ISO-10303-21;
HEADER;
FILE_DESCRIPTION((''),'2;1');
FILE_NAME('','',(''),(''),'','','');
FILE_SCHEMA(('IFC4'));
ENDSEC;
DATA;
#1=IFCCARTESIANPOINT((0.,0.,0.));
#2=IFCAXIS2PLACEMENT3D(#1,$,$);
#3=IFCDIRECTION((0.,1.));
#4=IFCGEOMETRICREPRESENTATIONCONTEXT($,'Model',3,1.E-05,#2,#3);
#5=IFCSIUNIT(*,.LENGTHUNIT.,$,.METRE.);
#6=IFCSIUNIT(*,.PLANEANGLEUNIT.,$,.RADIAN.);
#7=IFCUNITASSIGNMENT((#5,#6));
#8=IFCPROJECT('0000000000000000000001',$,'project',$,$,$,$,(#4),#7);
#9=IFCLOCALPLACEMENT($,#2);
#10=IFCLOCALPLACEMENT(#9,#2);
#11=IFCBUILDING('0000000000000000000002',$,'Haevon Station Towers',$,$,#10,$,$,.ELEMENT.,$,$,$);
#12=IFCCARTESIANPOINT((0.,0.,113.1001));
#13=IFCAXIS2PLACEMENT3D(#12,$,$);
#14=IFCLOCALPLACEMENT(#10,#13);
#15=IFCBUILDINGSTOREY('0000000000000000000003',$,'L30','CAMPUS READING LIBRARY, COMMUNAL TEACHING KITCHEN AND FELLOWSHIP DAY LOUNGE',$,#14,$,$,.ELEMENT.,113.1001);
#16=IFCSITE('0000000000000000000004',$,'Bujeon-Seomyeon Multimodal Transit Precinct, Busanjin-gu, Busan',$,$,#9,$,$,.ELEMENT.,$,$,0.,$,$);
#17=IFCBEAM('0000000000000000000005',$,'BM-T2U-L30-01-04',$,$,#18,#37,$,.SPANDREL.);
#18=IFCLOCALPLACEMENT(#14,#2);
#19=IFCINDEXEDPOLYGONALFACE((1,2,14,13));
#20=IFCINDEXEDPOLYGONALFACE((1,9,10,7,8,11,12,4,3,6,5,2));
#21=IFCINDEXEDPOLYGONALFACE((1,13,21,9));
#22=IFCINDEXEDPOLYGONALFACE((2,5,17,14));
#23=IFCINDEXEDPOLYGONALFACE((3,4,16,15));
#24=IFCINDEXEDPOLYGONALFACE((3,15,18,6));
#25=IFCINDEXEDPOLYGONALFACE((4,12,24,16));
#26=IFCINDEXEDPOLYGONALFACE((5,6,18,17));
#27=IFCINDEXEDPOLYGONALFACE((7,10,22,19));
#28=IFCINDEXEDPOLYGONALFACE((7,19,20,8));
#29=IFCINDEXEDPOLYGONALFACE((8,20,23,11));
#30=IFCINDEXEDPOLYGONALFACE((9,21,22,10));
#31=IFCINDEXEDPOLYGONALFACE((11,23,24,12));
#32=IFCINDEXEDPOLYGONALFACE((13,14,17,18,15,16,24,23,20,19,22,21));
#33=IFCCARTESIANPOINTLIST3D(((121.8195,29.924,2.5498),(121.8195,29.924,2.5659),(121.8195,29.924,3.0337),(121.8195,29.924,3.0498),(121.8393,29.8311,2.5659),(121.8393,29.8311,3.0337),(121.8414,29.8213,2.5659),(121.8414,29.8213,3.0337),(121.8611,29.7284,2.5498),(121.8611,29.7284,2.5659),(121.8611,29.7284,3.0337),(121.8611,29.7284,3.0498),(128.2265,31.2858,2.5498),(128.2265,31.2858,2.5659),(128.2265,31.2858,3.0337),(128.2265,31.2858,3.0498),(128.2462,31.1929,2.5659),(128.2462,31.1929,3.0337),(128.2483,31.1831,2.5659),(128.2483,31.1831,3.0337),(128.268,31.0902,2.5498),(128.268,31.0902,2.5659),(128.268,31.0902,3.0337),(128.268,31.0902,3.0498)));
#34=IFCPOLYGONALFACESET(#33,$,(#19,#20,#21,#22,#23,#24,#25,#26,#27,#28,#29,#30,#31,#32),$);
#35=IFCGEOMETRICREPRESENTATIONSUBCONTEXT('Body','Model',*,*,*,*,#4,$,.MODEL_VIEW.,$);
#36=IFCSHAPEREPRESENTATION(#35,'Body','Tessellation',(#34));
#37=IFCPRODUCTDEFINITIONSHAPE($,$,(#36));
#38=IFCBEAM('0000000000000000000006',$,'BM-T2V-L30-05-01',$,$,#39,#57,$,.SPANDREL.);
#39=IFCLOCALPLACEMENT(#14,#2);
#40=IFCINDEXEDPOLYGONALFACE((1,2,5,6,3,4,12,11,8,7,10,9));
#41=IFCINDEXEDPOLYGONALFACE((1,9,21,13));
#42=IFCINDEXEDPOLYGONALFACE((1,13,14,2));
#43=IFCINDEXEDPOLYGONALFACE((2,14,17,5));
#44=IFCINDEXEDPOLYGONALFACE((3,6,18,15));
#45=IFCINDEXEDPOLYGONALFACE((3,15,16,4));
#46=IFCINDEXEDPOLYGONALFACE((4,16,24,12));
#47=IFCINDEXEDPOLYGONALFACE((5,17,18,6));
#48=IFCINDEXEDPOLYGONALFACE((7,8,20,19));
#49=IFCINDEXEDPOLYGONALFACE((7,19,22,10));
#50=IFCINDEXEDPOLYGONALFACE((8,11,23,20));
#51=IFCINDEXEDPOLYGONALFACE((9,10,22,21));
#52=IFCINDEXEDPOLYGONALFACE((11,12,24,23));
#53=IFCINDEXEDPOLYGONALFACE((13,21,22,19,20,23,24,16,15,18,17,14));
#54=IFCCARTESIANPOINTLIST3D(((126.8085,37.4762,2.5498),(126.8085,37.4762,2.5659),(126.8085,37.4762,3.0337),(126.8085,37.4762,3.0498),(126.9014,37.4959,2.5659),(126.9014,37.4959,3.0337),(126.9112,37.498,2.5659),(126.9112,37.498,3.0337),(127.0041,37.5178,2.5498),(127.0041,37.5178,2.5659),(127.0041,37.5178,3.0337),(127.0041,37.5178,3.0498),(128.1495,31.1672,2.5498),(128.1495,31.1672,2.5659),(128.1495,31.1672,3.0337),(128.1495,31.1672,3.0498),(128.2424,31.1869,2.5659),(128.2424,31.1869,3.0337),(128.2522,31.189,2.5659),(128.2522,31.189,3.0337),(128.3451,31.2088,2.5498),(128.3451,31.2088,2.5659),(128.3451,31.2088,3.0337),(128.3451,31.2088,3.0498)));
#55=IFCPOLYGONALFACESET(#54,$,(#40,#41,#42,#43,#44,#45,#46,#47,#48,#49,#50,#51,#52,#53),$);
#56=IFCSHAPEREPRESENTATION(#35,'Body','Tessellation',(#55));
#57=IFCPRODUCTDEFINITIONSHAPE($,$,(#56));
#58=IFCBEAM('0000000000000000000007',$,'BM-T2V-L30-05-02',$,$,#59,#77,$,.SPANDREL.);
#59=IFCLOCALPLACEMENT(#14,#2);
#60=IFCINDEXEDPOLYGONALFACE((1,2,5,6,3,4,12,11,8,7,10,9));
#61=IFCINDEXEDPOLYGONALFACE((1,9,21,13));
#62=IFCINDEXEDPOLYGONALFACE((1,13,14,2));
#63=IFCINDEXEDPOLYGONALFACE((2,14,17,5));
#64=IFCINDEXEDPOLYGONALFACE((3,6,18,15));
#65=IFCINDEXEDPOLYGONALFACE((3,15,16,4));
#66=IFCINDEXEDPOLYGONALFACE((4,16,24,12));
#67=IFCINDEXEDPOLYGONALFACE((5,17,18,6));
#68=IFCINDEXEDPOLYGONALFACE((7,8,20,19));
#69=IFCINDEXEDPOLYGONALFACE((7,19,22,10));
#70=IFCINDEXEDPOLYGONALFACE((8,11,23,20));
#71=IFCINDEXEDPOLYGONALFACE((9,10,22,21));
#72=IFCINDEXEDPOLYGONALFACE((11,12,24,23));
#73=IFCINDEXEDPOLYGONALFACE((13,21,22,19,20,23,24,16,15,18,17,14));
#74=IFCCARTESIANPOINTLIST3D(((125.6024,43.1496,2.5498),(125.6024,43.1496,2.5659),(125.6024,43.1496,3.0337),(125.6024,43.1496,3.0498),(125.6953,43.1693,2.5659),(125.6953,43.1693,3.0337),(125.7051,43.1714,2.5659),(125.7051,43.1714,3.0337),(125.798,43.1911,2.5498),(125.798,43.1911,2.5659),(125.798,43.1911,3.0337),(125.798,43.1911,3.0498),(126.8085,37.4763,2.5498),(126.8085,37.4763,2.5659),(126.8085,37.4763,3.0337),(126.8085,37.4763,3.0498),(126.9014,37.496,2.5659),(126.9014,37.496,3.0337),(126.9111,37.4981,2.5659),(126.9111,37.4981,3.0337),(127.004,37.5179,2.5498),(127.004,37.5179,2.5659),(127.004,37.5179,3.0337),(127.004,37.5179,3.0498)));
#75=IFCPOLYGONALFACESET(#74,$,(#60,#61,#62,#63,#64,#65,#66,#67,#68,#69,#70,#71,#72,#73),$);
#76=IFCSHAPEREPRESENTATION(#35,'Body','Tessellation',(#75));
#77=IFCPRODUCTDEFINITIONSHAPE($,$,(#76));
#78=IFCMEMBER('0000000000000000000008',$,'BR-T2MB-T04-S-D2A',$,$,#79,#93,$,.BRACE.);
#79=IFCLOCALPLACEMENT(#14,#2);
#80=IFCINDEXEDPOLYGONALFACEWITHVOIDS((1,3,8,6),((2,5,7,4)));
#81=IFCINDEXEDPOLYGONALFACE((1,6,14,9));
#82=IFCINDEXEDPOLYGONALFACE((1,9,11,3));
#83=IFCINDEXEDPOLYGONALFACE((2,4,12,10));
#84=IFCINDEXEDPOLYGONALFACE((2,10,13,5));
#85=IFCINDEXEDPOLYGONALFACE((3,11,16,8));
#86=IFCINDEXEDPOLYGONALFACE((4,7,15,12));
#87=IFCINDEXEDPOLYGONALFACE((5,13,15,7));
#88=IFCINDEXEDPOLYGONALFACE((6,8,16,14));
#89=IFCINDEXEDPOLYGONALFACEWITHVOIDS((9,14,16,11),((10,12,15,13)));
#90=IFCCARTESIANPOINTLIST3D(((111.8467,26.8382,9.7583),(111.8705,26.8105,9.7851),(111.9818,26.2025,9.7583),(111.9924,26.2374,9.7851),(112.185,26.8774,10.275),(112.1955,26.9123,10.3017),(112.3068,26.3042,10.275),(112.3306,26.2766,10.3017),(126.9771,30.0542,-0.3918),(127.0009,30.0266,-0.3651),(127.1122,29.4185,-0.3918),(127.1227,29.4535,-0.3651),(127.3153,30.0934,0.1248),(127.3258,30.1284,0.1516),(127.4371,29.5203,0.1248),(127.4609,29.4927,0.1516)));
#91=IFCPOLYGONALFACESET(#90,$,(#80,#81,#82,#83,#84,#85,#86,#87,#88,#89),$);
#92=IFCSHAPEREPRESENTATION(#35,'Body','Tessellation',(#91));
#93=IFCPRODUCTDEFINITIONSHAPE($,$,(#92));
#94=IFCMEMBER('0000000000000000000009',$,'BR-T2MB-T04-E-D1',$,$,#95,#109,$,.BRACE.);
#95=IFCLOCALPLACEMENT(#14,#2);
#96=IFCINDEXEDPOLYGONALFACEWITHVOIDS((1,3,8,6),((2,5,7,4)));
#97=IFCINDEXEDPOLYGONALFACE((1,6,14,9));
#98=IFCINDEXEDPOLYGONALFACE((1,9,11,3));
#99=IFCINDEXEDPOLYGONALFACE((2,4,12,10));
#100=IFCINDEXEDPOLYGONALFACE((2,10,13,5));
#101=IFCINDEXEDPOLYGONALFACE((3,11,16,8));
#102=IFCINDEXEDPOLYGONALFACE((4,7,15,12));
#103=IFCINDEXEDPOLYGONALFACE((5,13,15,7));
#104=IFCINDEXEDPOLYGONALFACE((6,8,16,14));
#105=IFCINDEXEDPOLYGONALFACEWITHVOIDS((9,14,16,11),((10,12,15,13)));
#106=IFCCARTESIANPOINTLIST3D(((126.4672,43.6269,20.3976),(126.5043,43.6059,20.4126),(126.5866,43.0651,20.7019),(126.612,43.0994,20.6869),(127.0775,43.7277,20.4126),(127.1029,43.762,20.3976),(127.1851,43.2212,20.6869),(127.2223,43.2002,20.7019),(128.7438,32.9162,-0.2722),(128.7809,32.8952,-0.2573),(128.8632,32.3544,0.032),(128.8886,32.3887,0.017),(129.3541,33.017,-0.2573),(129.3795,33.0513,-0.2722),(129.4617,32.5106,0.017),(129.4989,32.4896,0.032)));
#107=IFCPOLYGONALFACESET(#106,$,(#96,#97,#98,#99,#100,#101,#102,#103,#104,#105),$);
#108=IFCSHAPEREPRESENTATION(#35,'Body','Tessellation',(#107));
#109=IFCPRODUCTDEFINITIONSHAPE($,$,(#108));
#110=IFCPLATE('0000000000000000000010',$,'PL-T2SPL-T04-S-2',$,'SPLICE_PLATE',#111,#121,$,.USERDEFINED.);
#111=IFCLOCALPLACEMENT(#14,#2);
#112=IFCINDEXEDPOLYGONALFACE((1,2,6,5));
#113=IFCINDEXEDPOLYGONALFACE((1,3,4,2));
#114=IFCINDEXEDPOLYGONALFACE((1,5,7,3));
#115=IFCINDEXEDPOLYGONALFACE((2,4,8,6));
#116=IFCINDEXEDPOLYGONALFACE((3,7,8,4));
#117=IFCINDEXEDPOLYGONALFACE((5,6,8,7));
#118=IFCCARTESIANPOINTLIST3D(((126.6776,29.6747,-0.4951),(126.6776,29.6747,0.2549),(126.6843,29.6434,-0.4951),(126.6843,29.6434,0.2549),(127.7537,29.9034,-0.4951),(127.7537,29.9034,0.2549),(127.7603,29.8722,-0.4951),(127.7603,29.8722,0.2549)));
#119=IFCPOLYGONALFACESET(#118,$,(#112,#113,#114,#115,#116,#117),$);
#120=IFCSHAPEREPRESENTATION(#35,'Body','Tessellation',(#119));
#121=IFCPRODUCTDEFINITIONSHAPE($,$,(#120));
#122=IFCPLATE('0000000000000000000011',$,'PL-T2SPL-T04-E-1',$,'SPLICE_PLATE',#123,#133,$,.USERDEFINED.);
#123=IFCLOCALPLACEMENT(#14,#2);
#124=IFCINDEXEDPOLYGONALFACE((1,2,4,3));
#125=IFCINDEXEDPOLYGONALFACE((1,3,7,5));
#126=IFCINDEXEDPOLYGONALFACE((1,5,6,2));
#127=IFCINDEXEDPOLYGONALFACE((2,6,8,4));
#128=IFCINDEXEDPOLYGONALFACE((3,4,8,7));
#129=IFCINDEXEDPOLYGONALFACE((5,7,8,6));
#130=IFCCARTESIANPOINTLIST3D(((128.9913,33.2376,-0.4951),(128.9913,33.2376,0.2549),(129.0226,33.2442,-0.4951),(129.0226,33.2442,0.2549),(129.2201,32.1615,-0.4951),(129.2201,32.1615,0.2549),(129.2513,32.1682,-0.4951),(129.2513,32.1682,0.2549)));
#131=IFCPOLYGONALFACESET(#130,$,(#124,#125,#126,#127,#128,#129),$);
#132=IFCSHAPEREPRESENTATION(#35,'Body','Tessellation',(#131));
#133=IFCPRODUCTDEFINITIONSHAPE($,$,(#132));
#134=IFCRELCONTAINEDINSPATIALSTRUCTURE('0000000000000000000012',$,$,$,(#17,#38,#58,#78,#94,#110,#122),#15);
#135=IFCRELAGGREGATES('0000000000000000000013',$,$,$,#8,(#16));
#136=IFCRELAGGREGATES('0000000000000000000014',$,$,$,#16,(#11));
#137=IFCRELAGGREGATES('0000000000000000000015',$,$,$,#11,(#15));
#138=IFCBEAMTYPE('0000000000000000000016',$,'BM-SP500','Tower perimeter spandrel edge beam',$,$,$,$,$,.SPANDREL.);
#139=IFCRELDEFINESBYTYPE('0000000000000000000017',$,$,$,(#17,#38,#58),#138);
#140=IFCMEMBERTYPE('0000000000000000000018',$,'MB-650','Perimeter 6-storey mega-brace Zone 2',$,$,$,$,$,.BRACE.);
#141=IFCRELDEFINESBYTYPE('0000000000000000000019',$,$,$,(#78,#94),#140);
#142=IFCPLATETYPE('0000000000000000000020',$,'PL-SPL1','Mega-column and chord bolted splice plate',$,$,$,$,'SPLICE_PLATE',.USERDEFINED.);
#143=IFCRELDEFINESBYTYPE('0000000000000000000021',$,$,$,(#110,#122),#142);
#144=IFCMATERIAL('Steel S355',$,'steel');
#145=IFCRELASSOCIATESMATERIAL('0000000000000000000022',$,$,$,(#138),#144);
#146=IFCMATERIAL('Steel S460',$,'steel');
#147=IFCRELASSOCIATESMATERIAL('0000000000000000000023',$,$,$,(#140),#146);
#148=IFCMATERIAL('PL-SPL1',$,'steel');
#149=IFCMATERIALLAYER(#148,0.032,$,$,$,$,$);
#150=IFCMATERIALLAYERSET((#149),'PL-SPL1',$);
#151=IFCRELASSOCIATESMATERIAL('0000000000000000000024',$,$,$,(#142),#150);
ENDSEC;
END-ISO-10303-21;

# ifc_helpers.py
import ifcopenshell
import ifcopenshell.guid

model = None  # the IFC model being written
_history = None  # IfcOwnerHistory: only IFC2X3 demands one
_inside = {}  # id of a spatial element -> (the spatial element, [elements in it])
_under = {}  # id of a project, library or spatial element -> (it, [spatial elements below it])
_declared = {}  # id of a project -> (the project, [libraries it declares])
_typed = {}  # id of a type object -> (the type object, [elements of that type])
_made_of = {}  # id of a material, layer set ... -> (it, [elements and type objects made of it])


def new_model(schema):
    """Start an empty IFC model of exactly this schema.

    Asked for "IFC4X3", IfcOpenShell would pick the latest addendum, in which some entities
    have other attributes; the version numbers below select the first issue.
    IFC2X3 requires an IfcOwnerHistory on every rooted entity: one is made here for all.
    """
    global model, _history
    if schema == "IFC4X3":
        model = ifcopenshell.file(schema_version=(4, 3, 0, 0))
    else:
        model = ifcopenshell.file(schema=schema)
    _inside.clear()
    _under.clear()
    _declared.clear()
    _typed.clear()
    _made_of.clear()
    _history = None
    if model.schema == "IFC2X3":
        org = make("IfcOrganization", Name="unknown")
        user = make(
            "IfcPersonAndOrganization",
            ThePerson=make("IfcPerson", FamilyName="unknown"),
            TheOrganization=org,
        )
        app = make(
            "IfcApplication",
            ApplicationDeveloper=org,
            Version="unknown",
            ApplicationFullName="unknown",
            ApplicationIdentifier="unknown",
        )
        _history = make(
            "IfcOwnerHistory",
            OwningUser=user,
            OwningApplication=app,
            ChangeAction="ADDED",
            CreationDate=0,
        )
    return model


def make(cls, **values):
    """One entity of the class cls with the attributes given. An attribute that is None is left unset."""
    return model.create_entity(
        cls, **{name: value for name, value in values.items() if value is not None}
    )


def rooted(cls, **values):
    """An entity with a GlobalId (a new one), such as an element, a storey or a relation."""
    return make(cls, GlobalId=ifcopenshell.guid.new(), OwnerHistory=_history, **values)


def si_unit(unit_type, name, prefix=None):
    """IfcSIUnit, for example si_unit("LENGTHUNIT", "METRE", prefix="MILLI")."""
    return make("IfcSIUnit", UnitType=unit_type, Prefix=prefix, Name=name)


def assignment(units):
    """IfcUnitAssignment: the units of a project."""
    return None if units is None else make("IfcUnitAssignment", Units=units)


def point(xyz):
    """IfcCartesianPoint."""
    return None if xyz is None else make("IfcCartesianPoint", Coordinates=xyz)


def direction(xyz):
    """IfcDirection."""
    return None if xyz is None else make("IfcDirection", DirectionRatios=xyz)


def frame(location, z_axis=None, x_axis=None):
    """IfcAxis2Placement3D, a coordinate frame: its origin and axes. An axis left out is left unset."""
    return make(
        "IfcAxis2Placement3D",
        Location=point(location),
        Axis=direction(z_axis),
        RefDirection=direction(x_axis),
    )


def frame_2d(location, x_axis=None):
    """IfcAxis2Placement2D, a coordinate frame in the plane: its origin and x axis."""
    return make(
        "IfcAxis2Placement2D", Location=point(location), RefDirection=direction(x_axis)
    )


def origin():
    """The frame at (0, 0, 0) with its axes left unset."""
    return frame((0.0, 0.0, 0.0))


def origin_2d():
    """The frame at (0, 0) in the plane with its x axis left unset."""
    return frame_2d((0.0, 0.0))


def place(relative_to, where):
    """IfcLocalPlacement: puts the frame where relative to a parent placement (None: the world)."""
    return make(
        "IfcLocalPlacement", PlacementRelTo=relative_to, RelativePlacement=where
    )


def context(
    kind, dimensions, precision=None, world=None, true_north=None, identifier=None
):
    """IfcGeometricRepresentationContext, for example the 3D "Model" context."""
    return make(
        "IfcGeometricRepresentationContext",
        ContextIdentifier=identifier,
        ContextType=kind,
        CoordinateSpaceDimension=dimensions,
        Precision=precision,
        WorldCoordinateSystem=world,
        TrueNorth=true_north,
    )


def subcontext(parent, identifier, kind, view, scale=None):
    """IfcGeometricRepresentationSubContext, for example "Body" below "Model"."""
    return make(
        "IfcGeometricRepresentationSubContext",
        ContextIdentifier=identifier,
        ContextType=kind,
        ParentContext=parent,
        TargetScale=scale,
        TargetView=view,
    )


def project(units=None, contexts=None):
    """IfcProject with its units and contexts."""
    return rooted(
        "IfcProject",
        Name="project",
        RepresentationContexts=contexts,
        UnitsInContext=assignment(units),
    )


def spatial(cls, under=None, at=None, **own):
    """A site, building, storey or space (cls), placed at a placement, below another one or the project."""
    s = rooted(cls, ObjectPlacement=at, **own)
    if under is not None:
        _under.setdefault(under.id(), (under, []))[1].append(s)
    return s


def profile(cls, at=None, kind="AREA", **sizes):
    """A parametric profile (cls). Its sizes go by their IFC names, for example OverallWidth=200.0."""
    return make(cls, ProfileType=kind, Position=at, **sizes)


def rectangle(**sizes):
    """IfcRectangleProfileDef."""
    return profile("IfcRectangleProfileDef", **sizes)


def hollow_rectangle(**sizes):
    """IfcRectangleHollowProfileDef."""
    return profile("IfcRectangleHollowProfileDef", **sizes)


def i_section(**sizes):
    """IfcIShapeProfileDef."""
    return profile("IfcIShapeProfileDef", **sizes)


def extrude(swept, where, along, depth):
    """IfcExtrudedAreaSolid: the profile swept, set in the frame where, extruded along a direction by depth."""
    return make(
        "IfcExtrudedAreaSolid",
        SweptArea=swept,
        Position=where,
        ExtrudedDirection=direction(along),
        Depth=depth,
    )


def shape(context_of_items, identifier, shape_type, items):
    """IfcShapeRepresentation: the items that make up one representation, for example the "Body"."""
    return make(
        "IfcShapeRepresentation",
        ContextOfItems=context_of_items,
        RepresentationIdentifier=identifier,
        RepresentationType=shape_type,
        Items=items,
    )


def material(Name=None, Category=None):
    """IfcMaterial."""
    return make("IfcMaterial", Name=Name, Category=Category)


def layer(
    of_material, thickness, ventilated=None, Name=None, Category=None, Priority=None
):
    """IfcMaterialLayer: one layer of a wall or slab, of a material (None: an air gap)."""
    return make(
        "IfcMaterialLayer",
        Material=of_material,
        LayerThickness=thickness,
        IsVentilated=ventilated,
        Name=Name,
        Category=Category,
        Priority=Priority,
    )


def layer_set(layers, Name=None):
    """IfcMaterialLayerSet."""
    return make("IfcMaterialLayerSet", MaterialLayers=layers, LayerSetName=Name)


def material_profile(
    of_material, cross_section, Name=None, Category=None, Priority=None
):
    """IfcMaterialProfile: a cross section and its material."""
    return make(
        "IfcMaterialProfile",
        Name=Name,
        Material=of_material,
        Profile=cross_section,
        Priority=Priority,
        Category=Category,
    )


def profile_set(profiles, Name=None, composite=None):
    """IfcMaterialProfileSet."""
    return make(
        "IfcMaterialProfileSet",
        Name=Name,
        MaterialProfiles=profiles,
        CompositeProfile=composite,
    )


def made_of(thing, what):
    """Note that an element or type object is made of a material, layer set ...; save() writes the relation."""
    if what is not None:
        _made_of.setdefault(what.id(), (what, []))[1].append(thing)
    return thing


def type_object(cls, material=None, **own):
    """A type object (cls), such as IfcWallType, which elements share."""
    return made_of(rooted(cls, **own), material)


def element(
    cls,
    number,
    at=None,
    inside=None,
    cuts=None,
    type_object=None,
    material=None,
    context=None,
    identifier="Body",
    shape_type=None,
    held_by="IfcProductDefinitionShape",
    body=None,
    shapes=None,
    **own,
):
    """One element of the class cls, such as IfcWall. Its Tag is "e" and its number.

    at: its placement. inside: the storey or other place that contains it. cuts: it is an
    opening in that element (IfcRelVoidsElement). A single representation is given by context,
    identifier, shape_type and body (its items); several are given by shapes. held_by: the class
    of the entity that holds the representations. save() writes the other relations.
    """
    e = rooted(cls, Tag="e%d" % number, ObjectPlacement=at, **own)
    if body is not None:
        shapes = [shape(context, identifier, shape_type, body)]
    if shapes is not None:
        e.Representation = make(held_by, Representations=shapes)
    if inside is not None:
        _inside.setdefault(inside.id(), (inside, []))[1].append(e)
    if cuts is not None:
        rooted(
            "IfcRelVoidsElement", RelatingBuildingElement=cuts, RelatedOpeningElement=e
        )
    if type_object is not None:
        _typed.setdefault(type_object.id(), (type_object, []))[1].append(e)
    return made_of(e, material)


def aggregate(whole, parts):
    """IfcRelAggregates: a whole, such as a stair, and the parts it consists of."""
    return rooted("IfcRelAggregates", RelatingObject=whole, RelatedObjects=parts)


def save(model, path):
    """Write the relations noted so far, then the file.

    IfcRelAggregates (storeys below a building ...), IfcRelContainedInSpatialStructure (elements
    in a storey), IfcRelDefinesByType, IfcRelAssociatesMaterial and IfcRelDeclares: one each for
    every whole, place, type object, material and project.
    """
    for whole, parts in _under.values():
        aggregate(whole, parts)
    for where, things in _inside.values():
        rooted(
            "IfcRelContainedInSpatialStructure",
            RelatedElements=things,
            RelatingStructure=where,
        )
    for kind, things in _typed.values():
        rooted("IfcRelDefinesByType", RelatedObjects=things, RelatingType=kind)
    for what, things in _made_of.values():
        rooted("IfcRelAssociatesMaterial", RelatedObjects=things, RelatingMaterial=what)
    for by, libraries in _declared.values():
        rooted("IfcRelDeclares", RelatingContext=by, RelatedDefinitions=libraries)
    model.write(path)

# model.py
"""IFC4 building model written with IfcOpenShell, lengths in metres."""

from ifc_helpers import new_model, si_unit, direction, frame, origin, origin_2d, place, context, subcontext, project, spatial, rectangle, hollow_rectangle, i_section, extrude, material, layer, layer_set, material_profile, profile_set, type_object, element, save


model = new_model("IFC4")

# Units and contexts
model_context = context("Model", 3, precision=1e-05, world=origin(), true_north=direction((0.0, 1.0)))
body_context = subcontext(model_context, "Body", "Model", "MODEL_VIEW")
ifc_project = project(units=[si_unit("LENGTHUNIT", "METRE"), si_unit("PLANEANGLEUNIT", "RADIAN")], contexts=[model_context])

# Site, building, storey
site_placement = place(None, origin())
site = spatial("IfcSite", under=ifc_project, at=site_placement, Name="Bujeon-Seomyeon Multimodal Transit Precinct, Busanjin-gu, Busan", CompositionType="ELEMENT", RefElevation=0.0)
building_placement = place(site_placement, origin())
building = spatial("IfcBuilding", under=site, at=building_placement, Name="Haevon Station Towers", CompositionType="ELEMENT")
storey_placement = place(building_placement, frame((0.0, 0.0, 113.1001)))
storey = spatial("IfcBuildingStorey", under=building, at=storey_placement, Name="L30", Description="CAMPUS READING LIBRARY, COMMUNAL TEACHING KITCHEN AND FELLOWSHIP DAY LOUNGE", CompositionType="ELEMENT", Elevation=113.1001)

# Shared definitions
ifc_material_1 = material(Name="Steel S460", Category="steel")

# Beams
ifc_material_2 = material(Name="Steel S355", Category="steel")
ifc_material_profile_1 = material_profile(ifc_material_2, i_section(OverallWidth=0.2, OverallDepth=0.5, WebThickness=0.01, FlangeThickness=0.0161, at=origin_2d()), Name="H-500x200x10x16")
ifc_profile_set_1 = profile_set([ifc_material_profile_1], Name="Steel S355")
beam_type_1 = type_object("IfcBeamType", Name="BM-SP500", Description="Tower perimeter spandrel edge beam", PredefinedType="SPANDREL", material=ifc_profile_set_1)
beam_1_placement = place(storey_placement, frame((121.8403, 29.8262, 2.7998), z_axis=(0.978149, 0.207907, 0.0), x_axis=(-0.207907, 0.978149, 0.0)))
element("IfcBeam", 1, at=beam_1_placement, inside=storey, type_object=beam_type_1, Name="BM-T2U-L30-01-04", PredefinedType="SPANDREL", context=body_context, shape_type="SweptSolid", body=[
    extrude(i_section(OverallWidth=0.2, OverallDepth=0.5, WebThickness=0.01, FlangeThickness=0.0161, at=origin_2d()), origin(), (0.0, 0.0, 1.0), 6.55),
])
beam_2_placement = place(storey_placement, frame((128.2473, 31.188, 2.7998), z_axis=(-0.207916, 0.978147, 0.0), x_axis=(-0.978147, -0.207916, 0.0)))
element("IfcBeam", 2, at=beam_2_placement, inside=storey, type_object=beam_type_1, Name="BM-T2V-L30-05-01", PredefinedType="SPANDREL", context=body_context, shape_type="SweptSolid", body=[
    extrude(i_section(OverallWidth=0.2, OverallDepth=0.5, WebThickness=0.01, FlangeThickness=0.0161, at=origin_2d()), origin(), (0.0, 0.0, 1.0), 6.45),
])
beam_3_placement = place(storey_placement, frame((126.9062, 37.4971, 2.7998), z_axis=(-0.207936, 0.978142, 0.0), x_axis=(-0.978142, -0.207936, 0.0)))
element("IfcBeam", 3, at=beam_3_placement, inside=storey, type_object=beam_type_1, Name="BM-T2V-L30-05-02", PredefinedType="SPANDREL", context=body_context, shape_type="SweptSolid", body=[
    extrude(i_section(OverallWidth=0.2, OverallDepth=0.5, WebThickness=0.01, FlangeThickness=0.0161, at=origin_2d()), origin(), (0.0, 0.0, 1.0), 5.8),
])

# Members
ifc_material_profile_2 = material_profile(ifc_material_1, hollow_rectangle(XDim=0.6499, YDim=0.6499, WallThickness=0.032, at=origin_2d()), Name="RHS-650x650x32")
ifc_profile_set_2 = profile_set([ifc_material_profile_2], Name="Steel S460")
member_type = type_object("IfcMemberType", Name="MB-650", Description="Perimeter 6-storey mega-brace Zone 2", PredefinedType="BRACE", material=ifc_profile_set_2)
member_1_placement = place(storey_placement, frame((127.219, 29.7734, -0.1201), z_axis=(-0.817802, -0.173829, 0.548619), x_axis=(0.207912, -0.978148, 0.0)))
element("IfcMember", 4, at=member_1_placement, inside=storey, type_object=member_type, Name="BR-T2MB-T04-S-D2A", PredefinedType="BRACE", context=body_context, shape_type="SweptSolid", body=[
    extrude(hollow_rectangle(XDim=0.6499, YDim=0.6499, WallThickness=0.032, at=origin_2d()), origin(), (0.0, 0.0, 1.0), 18.5012),
])
member_2_placement = place(storey_placement, frame((129.1213, 32.7029, -0.1201), z_axis=(-0.097328, 0.457894, 0.883663), x_axis=(-0.978148, -0.20791, 0.0)))
element("IfcMember", 5, at=member_2_placement, inside=storey, type_object=member_type, Name="BR-T2MB-T04-E-D1", PredefinedType="BRACE", context=body_context, shape_type="SweptSolid", body=[
    extrude(hollow_rectangle(XDim=0.6499, YDim=0.6499, WallThickness=0.032, at=origin_2d()), origin(), (0.0, 0.0, 1.0), 23.3911),
])

# Plates
ifc_material_3 = material(Name="PL-SPL1", Category="steel")
ifc_layer_1 = layer(ifc_material_3, 0.032)
ifc_layer_set_1 = layer_set([ifc_layer_1], Name="PL-SPL1")
plate_type = type_object("IfcPlateType", Name="PL-SPL1", Description="Mega-column and chord bolted splice plate", ElementType="SPLICE_PLATE", PredefinedType="USERDEFINED", material=ifc_layer_set_1)
for number, where, z_axis, x_axis, name in (
    (6, (127.219, 29.7734, -0.4951), (0.0, 0.0, 1.0), (0.978148, 0.207912, 0.0), "PL-T2SPL-T04-S-2"),
    (7, (129.1213, 32.7029, -0.4951), (0.0, 0.0, 1.0), (-0.207912, 0.978148, 0.0), "PL-T2SPL-T04-E-1"),
):
    element("IfcPlate", number, at=place(storey_placement, frame(where, z_axis=z_axis, x_axis=x_axis)), inside=storey, type_object=plate_type, Name=name, ObjectType="SPLICE_PLATE", PredefinedType="USERDEFINED", context=body_context, shape_type="SweptSolid", body=[
        extrude(rectangle(XDim=1.1001, YDim=0.032, at=origin_2d()), origin(), (0.0, 0.0, 1.0), 0.75),
    ])

save(model, "model.ifc")
